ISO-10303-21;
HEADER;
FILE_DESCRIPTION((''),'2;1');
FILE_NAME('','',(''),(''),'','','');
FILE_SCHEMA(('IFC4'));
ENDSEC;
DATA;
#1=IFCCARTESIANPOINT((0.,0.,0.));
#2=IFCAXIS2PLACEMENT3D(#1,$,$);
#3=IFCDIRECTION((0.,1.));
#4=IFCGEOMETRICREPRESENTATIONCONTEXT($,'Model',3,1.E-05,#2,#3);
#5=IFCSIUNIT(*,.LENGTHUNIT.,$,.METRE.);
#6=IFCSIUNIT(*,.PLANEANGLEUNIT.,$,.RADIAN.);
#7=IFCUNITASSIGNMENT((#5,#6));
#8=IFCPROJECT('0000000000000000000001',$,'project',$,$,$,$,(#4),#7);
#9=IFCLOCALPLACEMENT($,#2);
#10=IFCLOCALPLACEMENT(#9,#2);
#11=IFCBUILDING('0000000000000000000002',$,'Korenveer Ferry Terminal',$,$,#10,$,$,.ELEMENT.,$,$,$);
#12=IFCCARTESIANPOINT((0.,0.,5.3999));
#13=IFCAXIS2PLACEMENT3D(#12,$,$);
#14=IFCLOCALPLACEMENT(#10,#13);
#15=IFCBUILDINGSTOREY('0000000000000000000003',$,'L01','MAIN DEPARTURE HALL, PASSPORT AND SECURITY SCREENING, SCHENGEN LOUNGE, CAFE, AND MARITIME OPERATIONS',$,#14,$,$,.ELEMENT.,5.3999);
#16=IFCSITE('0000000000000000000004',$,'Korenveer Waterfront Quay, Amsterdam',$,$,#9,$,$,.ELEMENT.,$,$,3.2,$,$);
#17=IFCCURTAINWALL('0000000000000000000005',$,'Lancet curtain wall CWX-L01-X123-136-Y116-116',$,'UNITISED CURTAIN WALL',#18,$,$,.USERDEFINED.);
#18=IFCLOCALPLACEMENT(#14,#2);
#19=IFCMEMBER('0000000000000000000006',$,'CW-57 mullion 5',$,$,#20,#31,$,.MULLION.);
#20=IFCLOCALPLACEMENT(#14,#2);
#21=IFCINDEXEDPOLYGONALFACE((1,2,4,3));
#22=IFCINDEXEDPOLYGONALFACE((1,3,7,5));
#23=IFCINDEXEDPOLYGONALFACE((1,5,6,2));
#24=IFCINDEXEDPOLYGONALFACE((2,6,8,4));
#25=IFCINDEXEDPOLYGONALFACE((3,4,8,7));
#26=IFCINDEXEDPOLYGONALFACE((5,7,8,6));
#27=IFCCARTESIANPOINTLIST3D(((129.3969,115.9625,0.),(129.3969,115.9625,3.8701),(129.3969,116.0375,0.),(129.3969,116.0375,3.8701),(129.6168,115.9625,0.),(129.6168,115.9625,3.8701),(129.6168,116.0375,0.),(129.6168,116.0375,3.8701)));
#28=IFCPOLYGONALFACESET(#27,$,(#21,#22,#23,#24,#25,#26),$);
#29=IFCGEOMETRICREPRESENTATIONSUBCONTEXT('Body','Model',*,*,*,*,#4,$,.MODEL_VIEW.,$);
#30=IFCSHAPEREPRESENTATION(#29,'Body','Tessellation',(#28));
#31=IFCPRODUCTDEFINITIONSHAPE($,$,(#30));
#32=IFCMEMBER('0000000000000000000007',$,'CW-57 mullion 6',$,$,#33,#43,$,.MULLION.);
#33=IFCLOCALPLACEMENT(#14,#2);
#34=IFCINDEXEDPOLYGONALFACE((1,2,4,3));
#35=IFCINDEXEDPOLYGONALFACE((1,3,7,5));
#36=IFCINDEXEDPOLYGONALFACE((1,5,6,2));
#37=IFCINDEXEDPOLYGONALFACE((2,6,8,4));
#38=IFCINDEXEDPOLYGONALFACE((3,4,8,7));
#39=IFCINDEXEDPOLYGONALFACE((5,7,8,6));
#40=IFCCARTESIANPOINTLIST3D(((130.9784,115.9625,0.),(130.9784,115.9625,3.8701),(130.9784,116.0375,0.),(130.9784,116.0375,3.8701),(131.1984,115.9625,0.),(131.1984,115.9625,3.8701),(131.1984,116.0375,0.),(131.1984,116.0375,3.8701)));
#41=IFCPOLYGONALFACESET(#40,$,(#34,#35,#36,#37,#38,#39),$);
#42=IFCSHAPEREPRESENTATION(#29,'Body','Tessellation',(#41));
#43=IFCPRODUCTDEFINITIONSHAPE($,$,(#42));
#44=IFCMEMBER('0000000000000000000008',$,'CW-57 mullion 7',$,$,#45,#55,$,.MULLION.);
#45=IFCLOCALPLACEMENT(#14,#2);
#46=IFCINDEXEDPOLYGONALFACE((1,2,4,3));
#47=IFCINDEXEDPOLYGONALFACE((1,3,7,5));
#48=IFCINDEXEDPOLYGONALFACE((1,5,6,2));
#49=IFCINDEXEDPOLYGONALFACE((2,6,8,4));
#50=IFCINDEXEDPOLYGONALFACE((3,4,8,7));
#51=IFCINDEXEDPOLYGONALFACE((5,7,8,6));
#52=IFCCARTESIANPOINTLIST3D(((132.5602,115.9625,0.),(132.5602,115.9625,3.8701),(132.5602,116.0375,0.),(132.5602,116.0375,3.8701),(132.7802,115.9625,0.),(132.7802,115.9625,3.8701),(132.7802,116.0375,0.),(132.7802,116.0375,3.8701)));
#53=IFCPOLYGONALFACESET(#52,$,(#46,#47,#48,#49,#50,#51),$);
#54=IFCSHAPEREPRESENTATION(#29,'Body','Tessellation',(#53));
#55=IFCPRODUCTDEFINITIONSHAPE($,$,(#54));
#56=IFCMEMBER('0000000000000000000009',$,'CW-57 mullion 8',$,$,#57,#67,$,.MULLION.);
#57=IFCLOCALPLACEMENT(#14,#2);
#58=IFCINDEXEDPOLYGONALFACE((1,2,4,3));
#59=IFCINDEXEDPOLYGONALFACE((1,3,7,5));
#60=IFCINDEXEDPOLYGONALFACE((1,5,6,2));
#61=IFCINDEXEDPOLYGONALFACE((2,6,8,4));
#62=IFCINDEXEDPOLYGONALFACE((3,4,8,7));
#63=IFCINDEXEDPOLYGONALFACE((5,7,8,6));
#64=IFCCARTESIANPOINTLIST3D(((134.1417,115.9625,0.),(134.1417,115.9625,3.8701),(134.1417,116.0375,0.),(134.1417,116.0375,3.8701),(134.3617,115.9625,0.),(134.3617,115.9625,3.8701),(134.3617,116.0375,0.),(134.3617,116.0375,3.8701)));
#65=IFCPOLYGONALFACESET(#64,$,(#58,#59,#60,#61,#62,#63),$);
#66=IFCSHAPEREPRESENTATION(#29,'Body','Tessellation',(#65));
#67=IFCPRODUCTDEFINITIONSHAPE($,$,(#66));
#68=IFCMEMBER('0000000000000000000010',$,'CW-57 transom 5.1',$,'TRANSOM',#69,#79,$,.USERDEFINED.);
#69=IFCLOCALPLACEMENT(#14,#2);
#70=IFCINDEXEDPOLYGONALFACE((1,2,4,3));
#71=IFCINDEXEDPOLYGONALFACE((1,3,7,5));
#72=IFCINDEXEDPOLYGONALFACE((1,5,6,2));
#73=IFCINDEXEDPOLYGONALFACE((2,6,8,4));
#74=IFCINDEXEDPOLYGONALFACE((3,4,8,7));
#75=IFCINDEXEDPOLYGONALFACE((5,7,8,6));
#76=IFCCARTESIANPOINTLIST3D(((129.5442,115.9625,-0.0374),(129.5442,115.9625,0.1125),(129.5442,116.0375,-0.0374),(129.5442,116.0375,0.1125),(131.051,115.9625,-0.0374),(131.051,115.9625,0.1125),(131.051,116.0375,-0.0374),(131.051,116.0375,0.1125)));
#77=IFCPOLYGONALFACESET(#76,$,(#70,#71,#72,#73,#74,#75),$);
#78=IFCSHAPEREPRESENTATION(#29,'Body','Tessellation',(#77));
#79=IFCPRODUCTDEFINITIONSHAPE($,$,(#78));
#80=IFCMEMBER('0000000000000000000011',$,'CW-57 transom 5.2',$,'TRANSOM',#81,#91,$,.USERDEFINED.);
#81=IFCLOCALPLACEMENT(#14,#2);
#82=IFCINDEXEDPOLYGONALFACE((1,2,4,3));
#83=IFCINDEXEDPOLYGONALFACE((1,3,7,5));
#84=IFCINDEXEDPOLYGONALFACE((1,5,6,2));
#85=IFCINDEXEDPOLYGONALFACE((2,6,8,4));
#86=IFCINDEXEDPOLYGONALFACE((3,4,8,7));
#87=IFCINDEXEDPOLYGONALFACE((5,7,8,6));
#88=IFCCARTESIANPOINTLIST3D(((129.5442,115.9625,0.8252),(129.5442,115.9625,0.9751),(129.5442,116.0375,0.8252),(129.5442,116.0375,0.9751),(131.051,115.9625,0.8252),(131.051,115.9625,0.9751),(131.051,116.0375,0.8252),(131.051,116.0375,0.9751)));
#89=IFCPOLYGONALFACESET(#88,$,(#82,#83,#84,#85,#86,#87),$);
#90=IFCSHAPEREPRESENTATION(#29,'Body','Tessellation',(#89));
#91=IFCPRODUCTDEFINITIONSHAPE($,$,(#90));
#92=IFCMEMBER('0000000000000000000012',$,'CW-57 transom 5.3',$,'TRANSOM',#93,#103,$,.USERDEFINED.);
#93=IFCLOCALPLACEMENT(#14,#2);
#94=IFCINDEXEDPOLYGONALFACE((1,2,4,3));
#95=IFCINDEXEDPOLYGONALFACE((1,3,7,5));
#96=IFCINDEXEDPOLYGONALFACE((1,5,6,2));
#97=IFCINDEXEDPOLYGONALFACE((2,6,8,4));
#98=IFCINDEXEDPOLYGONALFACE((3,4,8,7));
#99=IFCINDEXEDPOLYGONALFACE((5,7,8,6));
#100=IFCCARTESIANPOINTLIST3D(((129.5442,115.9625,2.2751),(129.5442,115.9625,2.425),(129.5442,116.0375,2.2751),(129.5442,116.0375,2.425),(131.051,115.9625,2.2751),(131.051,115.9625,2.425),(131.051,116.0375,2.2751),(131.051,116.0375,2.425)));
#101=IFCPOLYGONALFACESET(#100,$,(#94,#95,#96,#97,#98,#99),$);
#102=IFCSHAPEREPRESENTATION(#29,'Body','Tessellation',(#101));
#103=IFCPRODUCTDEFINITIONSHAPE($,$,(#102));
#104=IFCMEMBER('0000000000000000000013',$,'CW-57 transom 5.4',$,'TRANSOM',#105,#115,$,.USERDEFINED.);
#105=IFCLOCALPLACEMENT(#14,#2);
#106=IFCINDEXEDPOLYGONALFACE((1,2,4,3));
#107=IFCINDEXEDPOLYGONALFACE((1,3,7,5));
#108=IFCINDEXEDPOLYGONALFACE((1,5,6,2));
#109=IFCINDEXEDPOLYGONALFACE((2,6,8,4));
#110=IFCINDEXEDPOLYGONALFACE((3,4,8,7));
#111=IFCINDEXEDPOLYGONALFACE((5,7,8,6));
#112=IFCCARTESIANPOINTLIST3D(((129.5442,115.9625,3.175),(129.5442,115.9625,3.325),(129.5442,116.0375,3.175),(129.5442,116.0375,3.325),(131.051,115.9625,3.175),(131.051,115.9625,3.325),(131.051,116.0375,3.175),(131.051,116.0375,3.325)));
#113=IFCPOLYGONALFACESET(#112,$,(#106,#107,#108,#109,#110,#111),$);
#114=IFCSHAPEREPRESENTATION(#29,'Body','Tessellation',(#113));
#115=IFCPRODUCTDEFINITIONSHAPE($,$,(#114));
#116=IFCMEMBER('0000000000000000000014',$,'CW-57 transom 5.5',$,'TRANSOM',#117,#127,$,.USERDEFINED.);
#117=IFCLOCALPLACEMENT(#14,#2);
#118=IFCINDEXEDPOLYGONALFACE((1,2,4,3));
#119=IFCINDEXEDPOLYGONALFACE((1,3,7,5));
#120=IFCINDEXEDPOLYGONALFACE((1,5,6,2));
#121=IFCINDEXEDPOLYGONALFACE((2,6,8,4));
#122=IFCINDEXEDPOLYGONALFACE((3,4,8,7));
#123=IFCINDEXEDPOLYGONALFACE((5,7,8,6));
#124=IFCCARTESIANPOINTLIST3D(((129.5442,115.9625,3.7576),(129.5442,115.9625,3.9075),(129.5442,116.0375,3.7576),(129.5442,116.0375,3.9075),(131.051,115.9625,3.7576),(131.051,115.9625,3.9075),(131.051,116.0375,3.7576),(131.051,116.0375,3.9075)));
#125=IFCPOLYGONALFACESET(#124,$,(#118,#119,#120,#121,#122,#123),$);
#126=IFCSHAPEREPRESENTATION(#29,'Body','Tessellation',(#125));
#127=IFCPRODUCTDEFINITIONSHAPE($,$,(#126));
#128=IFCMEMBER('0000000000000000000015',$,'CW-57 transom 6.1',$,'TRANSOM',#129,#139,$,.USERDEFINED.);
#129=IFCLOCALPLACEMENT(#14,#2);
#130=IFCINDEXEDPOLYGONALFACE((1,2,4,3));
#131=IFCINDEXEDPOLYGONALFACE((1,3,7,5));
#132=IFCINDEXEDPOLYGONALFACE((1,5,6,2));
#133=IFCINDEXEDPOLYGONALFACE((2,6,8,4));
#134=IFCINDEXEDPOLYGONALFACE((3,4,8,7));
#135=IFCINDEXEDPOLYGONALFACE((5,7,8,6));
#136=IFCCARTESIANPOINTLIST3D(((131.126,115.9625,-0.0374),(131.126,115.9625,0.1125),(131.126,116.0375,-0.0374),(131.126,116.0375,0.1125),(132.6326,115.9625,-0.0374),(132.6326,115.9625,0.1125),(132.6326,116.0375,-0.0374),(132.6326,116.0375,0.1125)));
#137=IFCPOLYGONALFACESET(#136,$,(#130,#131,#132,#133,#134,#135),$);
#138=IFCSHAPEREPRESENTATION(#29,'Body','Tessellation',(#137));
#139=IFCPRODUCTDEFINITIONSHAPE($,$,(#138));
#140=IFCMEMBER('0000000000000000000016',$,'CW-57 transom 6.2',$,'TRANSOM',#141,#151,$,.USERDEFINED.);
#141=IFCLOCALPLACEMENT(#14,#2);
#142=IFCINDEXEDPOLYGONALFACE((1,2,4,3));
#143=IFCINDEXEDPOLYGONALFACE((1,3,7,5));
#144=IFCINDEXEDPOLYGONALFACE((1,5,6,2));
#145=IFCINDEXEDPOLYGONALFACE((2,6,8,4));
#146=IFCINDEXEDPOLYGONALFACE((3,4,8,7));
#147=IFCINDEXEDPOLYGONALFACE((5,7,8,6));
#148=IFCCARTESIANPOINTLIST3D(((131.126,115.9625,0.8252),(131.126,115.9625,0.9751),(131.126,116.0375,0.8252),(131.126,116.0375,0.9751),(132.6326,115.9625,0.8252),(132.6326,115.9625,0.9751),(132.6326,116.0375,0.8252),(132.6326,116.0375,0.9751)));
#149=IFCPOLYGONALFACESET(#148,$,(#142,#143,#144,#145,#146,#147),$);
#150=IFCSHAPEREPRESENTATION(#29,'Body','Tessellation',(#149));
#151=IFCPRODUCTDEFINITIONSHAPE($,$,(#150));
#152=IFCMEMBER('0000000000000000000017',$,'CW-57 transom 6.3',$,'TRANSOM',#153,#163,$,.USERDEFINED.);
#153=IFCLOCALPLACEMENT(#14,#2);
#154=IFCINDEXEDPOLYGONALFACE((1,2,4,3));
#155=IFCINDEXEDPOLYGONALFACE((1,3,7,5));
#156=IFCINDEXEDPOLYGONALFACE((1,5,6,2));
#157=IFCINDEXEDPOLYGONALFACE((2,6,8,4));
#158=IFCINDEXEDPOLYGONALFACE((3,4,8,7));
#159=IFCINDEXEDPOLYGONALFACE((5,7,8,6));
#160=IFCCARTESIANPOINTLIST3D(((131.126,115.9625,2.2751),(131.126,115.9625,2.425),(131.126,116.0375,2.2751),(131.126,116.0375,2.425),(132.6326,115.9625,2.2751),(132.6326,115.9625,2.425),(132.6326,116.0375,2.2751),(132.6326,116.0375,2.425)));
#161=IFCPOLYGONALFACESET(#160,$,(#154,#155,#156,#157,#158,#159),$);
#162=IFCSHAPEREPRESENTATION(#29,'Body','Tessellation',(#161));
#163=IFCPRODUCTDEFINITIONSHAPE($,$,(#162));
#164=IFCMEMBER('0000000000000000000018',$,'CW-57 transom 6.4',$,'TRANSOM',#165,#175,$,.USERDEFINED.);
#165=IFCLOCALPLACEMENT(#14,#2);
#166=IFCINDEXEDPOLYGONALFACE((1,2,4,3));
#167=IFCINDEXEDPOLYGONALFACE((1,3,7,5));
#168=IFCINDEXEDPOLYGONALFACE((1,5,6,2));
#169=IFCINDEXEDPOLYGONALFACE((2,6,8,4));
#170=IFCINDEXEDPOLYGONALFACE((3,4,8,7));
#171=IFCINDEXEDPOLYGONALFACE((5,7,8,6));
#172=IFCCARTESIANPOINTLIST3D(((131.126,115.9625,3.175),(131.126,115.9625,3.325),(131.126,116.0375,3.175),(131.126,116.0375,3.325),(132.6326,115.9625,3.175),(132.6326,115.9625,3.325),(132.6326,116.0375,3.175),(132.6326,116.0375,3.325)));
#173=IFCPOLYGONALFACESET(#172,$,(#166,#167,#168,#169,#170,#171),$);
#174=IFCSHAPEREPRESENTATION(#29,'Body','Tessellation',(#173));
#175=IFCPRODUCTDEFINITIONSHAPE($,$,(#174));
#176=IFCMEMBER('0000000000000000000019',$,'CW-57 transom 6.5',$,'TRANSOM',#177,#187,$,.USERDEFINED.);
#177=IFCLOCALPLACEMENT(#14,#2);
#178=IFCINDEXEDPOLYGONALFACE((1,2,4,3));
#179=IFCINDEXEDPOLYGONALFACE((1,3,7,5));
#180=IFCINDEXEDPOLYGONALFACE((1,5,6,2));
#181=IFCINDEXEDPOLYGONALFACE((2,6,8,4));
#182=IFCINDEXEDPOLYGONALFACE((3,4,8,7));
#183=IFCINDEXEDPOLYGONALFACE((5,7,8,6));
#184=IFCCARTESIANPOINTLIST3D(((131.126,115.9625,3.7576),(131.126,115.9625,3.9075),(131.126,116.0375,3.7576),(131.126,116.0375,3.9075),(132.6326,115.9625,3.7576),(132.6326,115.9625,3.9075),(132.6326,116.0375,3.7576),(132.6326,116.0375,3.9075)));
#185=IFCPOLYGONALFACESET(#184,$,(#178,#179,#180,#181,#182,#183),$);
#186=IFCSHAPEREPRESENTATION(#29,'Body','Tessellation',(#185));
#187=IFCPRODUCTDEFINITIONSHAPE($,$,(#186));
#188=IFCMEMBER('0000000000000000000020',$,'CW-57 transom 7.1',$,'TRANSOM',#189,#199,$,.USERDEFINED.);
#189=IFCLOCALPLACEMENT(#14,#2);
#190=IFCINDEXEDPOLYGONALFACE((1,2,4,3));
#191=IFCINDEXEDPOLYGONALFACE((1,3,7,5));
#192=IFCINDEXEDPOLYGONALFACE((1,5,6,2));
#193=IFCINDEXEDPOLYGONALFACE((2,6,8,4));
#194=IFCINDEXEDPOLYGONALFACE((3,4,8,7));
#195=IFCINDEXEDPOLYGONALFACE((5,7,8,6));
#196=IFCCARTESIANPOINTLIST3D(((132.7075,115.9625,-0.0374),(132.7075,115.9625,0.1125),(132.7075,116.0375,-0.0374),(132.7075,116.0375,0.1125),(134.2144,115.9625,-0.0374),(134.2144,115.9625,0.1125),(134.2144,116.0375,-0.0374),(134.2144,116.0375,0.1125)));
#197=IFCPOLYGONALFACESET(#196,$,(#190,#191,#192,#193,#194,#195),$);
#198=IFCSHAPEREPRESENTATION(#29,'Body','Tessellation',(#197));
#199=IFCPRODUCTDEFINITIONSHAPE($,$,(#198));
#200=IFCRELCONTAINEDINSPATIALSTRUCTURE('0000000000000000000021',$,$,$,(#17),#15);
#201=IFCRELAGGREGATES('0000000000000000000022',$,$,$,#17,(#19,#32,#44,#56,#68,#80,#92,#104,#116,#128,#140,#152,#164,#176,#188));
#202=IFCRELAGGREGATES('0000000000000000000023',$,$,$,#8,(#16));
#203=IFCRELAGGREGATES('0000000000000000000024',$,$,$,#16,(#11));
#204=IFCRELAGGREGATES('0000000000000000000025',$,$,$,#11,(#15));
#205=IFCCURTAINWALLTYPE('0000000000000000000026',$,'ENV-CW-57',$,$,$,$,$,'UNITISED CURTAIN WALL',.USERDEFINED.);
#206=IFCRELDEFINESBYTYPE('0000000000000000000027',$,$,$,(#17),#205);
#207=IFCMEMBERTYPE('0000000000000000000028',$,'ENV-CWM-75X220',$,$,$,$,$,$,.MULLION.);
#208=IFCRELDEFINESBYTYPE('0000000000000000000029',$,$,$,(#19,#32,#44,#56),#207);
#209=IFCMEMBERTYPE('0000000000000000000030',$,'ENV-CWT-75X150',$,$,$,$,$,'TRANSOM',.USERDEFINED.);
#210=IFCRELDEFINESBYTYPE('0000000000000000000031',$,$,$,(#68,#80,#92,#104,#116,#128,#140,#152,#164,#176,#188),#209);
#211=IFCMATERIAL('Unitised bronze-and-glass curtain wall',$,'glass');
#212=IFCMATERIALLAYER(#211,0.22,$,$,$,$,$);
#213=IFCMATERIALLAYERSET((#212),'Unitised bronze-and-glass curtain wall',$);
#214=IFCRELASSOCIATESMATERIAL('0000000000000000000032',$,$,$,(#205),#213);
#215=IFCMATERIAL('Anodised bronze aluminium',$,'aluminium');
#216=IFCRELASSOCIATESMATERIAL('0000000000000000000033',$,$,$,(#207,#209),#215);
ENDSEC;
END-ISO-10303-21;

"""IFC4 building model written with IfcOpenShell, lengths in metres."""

from ifc_helpers import new_model, si_unit, direction, frame, origin, origin_2d, place, context, subcontext, project, spatial, rectangle, extrude, material, layer, layer_set, material_profile, profile_set, type_object, element, aggregate, save


model = new_model("IFC4")

# Units and contexts
model_context = context("Model", 3, precision=1e-05, world=origin(), true_north=direction((0.0, 1.0)))
body_context = subcontext(model_context, "Body", "Model", "MODEL_VIEW")
ifc_project = project(units=[si_unit("LENGTHUNIT", "METRE"), si_unit("PLANEANGLEUNIT", "RADIAN")], contexts=[model_context])

# Site, building, storey
site_placement = place(None, origin())
site = spatial("IfcSite", under=ifc_project, at=site_placement, Name="Korenveer Waterfront Quay, Amsterdam", CompositionType="ELEMENT", RefElevation=3.2)
building_placement = place(site_placement, origin())
building = spatial("IfcBuilding", under=site, at=building_placement, Name="Korenveer Ferry Terminal", CompositionType="ELEMENT")
storey_placement = place(building_placement, frame((0.0, 0.0, 5.3999)))
storey = spatial("IfcBuildingStorey", under=building, at=storey_placement, Name="L01", Description="MAIN DEPARTURE HALL, PASSPORT AND SECURITY SCREENING, SCHENGEN LOUNGE, CAFE, AND MARITIME OPERATIONS", CompositionType="ELEMENT", Elevation=5.3999)

# Curtain wall, members
ifc_material_1 = material(Name="Unitised bronze-and-glass curtain wall", Category="glass")
ifc_layer_1 = layer(ifc_material_1, 0.22)
ifc_layer_set_1 = layer_set([ifc_layer_1], Name="Unitised bronze-and-glass curtain wall")
curtain_wall_type = type_object("IfcCurtainWallType", Name="ENV-CW-57", ElementType="UNITISED CURTAIN WALL", PredefinedType="USERDEFINED", material=ifc_layer_set_1)
curtain_wall_placement = place(storey_placement, frame((123.1799, 116.0, 0.0)))
curtain_wall = element("IfcCurtainWall", 1, at=curtain_wall_placement, inside=storey, type_object=curtain_wall_type, Name="Lancet curtain wall CWX-L01-X123-136-Y116-116", ObjectType="UNITISED CURTAIN WALL", PredefinedType="USERDEFINED")
ifc_material_2 = material(Name="Anodised bronze aluminium", Category="aluminium")
ifc_material_profile_1 = material_profile(ifc_material_2, rectangle(XDim=0.075, YDim=0.22, at=origin_2d()), Name="ALU 75x220")
ifc_profile_set_1 = profile_set([ifc_material_profile_1], Name="Anodised bronze aluminium")
member_type_1 = type_object("IfcMemberType", Name="ENV-CWM-75X220", PredefinedType="MULLION", material=ifc_profile_set_1)
member_1_placement = place(storey_placement, frame((129.5068, 116.0, 0.0), z_axis=(0.0, 0.0, 1.0), x_axis=(0.0, 1.0, 0.0)))
member_1 = element("IfcMember", 2, at=member_1_placement, type_object=member_type_1, Name="CW-57 mullion 5", PredefinedType="MULLION", context=body_context, shape_type="SweptSolid", body=[
    extrude(rectangle(XDim=0.075, YDim=0.22, at=origin_2d()), origin(), (0.0, 0.0, 1.0), 3.8701),
])
member_2_placement = place(storey_placement, frame((131.0884, 116.0, 0.0), z_axis=(0.0, 0.0, 1.0), x_axis=(0.0, 1.0, 0.0)))
member_2 = element("IfcMember", 3, at=member_2_placement, type_object=member_type_1, Name="CW-57 mullion 6", PredefinedType="MULLION", context=body_context, shape_type="SweptSolid", body=[
    extrude(rectangle(XDim=0.075, YDim=0.22, at=origin_2d()), origin(), (0.0, 0.0, 1.0), 3.8701),
])
member_3_placement = place(storey_placement, frame((132.6702, 116.0, 0.0), z_axis=(0.0, 0.0, 1.0), x_axis=(0.0, 1.0, 0.0)))
member_3 = element("IfcMember", 4, at=member_3_placement, type_object=member_type_1, Name="CW-57 mullion 7", PredefinedType="MULLION", context=body_context, shape_type="SweptSolid", body=[
    extrude(rectangle(XDim=0.075, YDim=0.22, at=origin_2d()), origin(), (0.0, 0.0, 1.0), 3.8701),
])
member_4_placement = place(storey_placement, frame((134.2517, 116.0, 0.0), z_axis=(0.0, 0.0, 1.0), x_axis=(0.0, 1.0, 0.0)))
member_4 = element("IfcMember", 5, at=member_4_placement, type_object=member_type_1, Name="CW-57 mullion 8", PredefinedType="MULLION", context=body_context, shape_type="SweptSolid", body=[
    extrude(rectangle(XDim=0.075, YDim=0.22, at=origin_2d()), origin(), (0.0, 0.0, 1.0), 3.8701),
])
ifc_material_profile_2 = material_profile(ifc_material_2, rectangle(XDim=0.075, YDim=0.1499, at=origin_2d()), Name="ALU 75x150")
ifc_profile_set_2 = profile_set([ifc_material_profile_2], Name="Anodised bronze aluminium")
member_type_2 = type_object("IfcMemberType", Name="ENV-CWT-75X150", ElementType="TRANSOM", PredefinedType="USERDEFINED", material=ifc_profile_set_2)
member_5_placement = place(storey_placement, frame((129.5442, 116.0, 0.0376), z_axis=(1.0, 0.0, 0.0), x_axis=(0.0, 1.0, 0.0)))
member_5 = element("IfcMember", 6, at=member_5_placement, type_object=member_type_2, Name="CW-57 transom 5.1", ObjectType="TRANSOM", PredefinedType="USERDEFINED", context=body_context, shape_type="SweptSolid", body=[
    extrude(rectangle(XDim=0.075, YDim=0.1499, at=origin_2d()), origin(), (0.0, 0.0, 1.0), 1.5068),
])
member_6_placement = place(storey_placement, frame((129.5442, 116.0, 0.9001), z_axis=(1.0, 0.0, 0.0), x_axis=(0.0, 1.0, 0.0)))
member_6 = element("IfcMember", 7, at=member_6_placement, type_object=member_type_2, Name="CW-57 transom 5.2", ObjectType="TRANSOM", PredefinedType="USERDEFINED", context=body_context, shape_type="SweptSolid", body=[
    extrude(rectangle(XDim=0.075, YDim=0.1499, at=origin_2d()), origin(), (0.0, 0.0, 1.0), 1.5068),
])
member_7_placement = place(storey_placement, frame((129.5442, 116.0, 2.3501), z_axis=(1.0, 0.0, 0.0), x_axis=(0.0, 1.0, 0.0)))
member_7 = element("IfcMember", 8, at=member_7_placement, type_object=member_type_2, Name="CW-57 transom 5.3", ObjectType="TRANSOM", PredefinedType="USERDEFINED", context=body_context, shape_type="SweptSolid", body=[
    extrude(rectangle(XDim=0.075, YDim=0.1499, at=origin_2d()), origin(), (0.0, 0.0, 1.0), 1.5068),
])
member_8_placement = place(storey_placement, frame((129.5442, 116.0, 3.25), z_axis=(1.0, 0.0, 0.0), x_axis=(0.0, 1.0, 0.0)))
member_8 = element("IfcMember", 9, at=member_8_placement, type_object=member_type_2, Name="CW-57 transom 5.4", ObjectType="TRANSOM", PredefinedType="USERDEFINED", context=body_context, shape_type="SweptSolid", body=[
    extrude(rectangle(XDim=0.075, YDim=0.1499, at=origin_2d()), origin(), (0.0, 0.0, 1.0), 1.5068),
])
member_9_placement = place(storey_placement, frame((129.5442, 116.0, 3.8325), z_axis=(1.0, 0.0, 0.0), x_axis=(0.0, 1.0, 0.0)))
member_9 = element("IfcMember", 10, at=member_9_placement, type_object=member_type_2, Name="CW-57 transom 5.5", ObjectType="TRANSOM", PredefinedType="USERDEFINED", context=body_context, shape_type="SweptSolid", body=[
    extrude(rectangle(XDim=0.075, YDim=0.1499, at=origin_2d()), origin(), (0.0, 0.0, 1.0), 1.5068),
])
member_10_placement = place(storey_placement, frame((131.126, 116.0, 0.0376), z_axis=(1.0, 0.0, 0.0), x_axis=(0.0, 1.0, 0.0)))
member_10 = element("IfcMember", 11, at=member_10_placement, type_object=member_type_2, Name="CW-57 transom 6.1", ObjectType="TRANSOM", PredefinedType="USERDEFINED", context=body_context, shape_type="SweptSolid", body=[
    extrude(rectangle(XDim=0.075, YDim=0.1499, at=origin_2d()), origin(), (0.0, 0.0, 1.0), 1.5066),
])
member_11_placement = place(storey_placement, frame((131.126, 116.0, 0.9001), z_axis=(1.0, 0.0, 0.0), x_axis=(0.0, 1.0, 0.0)))
member_11 = element("IfcMember", 12, at=member_11_placement, type_object=member_type_2, Name="CW-57 transom 6.2", ObjectType="TRANSOM", PredefinedType="USERDEFINED", context=body_context, shape_type="SweptSolid", body=[
    extrude(rectangle(XDim=0.075, YDim=0.1499, at=origin_2d()), origin(), (0.0, 0.0, 1.0), 1.5066),
])
member_12_placement = place(storey_placement, frame((131.126, 116.0, 2.3501), z_axis=(1.0, 0.0, 0.0), x_axis=(0.0, 1.0, 0.0)))
member_12 = element("IfcMember", 13, at=member_12_placement, type_object=member_type_2, Name="CW-57 transom 6.3", ObjectType="TRANSOM", PredefinedType="USERDEFINED", context=body_context, shape_type="SweptSolid", body=[
    extrude(rectangle(XDim=0.075, YDim=0.1499, at=origin_2d()), origin(), (0.0, 0.0, 1.0), 1.5066),
])
member_13_placement = place(storey_placement, frame((131.126, 116.0, 3.25), z_axis=(1.0, 0.0, 0.0), x_axis=(0.0, 1.0, 0.0)))
member_13 = element("IfcMember", 14, at=member_13_placement, type_object=member_type_2, Name="CW-57 transom 6.4", ObjectType="TRANSOM", PredefinedType="USERDEFINED", context=body_context, shape_type="SweptSolid", body=[
    extrude(rectangle(XDim=0.075, YDim=0.1499, at=origin_2d()), origin(), (0.0, 0.0, 1.0), 1.5066),
])
member_14_placement = place(storey_placement, frame((131.126, 116.0, 3.8325), z_axis=(1.0, 0.0, 0.0), x_axis=(0.0, 1.0, 0.0)))
member_14 = element("IfcMember", 15, at=member_14_placement, type_object=member_type_2, Name="CW-57 transom 6.5", ObjectType="TRANSOM", PredefinedType="USERDEFINED", context=body_context, shape_type="SweptSolid", body=[
    extrude(rectangle(XDim=0.075, YDim=0.1499, at=origin_2d()), origin(), (0.0, 0.0, 1.0), 1.5066),
])
member_15_placement = place(storey_placement, frame((132.7075, 116.0, 0.0376), z_axis=(1.0, 0.0, 0.0), x_axis=(0.0, 1.0, 0.0)))
member_15 = element("IfcMember", 16, at=member_15_placement, type_object=member_type_2, Name="CW-57 transom 7.1", ObjectType="TRANSOM", PredefinedType="USERDEFINED", context=body_context, shape_type="SweptSolid", body=[
    extrude(rectangle(XDim=0.075, YDim=0.1499, at=origin_2d()), origin(), (0.0, 0.0, 1.0), 1.5068),
])
aggregate(curtain_wall, [member_1, member_2, member_3, member_4, member_5, member_6, member_7, member_8, member_9, member_10, member_11, member_12, member_13, member_14, member_15])

save(model, "model.ifc")
